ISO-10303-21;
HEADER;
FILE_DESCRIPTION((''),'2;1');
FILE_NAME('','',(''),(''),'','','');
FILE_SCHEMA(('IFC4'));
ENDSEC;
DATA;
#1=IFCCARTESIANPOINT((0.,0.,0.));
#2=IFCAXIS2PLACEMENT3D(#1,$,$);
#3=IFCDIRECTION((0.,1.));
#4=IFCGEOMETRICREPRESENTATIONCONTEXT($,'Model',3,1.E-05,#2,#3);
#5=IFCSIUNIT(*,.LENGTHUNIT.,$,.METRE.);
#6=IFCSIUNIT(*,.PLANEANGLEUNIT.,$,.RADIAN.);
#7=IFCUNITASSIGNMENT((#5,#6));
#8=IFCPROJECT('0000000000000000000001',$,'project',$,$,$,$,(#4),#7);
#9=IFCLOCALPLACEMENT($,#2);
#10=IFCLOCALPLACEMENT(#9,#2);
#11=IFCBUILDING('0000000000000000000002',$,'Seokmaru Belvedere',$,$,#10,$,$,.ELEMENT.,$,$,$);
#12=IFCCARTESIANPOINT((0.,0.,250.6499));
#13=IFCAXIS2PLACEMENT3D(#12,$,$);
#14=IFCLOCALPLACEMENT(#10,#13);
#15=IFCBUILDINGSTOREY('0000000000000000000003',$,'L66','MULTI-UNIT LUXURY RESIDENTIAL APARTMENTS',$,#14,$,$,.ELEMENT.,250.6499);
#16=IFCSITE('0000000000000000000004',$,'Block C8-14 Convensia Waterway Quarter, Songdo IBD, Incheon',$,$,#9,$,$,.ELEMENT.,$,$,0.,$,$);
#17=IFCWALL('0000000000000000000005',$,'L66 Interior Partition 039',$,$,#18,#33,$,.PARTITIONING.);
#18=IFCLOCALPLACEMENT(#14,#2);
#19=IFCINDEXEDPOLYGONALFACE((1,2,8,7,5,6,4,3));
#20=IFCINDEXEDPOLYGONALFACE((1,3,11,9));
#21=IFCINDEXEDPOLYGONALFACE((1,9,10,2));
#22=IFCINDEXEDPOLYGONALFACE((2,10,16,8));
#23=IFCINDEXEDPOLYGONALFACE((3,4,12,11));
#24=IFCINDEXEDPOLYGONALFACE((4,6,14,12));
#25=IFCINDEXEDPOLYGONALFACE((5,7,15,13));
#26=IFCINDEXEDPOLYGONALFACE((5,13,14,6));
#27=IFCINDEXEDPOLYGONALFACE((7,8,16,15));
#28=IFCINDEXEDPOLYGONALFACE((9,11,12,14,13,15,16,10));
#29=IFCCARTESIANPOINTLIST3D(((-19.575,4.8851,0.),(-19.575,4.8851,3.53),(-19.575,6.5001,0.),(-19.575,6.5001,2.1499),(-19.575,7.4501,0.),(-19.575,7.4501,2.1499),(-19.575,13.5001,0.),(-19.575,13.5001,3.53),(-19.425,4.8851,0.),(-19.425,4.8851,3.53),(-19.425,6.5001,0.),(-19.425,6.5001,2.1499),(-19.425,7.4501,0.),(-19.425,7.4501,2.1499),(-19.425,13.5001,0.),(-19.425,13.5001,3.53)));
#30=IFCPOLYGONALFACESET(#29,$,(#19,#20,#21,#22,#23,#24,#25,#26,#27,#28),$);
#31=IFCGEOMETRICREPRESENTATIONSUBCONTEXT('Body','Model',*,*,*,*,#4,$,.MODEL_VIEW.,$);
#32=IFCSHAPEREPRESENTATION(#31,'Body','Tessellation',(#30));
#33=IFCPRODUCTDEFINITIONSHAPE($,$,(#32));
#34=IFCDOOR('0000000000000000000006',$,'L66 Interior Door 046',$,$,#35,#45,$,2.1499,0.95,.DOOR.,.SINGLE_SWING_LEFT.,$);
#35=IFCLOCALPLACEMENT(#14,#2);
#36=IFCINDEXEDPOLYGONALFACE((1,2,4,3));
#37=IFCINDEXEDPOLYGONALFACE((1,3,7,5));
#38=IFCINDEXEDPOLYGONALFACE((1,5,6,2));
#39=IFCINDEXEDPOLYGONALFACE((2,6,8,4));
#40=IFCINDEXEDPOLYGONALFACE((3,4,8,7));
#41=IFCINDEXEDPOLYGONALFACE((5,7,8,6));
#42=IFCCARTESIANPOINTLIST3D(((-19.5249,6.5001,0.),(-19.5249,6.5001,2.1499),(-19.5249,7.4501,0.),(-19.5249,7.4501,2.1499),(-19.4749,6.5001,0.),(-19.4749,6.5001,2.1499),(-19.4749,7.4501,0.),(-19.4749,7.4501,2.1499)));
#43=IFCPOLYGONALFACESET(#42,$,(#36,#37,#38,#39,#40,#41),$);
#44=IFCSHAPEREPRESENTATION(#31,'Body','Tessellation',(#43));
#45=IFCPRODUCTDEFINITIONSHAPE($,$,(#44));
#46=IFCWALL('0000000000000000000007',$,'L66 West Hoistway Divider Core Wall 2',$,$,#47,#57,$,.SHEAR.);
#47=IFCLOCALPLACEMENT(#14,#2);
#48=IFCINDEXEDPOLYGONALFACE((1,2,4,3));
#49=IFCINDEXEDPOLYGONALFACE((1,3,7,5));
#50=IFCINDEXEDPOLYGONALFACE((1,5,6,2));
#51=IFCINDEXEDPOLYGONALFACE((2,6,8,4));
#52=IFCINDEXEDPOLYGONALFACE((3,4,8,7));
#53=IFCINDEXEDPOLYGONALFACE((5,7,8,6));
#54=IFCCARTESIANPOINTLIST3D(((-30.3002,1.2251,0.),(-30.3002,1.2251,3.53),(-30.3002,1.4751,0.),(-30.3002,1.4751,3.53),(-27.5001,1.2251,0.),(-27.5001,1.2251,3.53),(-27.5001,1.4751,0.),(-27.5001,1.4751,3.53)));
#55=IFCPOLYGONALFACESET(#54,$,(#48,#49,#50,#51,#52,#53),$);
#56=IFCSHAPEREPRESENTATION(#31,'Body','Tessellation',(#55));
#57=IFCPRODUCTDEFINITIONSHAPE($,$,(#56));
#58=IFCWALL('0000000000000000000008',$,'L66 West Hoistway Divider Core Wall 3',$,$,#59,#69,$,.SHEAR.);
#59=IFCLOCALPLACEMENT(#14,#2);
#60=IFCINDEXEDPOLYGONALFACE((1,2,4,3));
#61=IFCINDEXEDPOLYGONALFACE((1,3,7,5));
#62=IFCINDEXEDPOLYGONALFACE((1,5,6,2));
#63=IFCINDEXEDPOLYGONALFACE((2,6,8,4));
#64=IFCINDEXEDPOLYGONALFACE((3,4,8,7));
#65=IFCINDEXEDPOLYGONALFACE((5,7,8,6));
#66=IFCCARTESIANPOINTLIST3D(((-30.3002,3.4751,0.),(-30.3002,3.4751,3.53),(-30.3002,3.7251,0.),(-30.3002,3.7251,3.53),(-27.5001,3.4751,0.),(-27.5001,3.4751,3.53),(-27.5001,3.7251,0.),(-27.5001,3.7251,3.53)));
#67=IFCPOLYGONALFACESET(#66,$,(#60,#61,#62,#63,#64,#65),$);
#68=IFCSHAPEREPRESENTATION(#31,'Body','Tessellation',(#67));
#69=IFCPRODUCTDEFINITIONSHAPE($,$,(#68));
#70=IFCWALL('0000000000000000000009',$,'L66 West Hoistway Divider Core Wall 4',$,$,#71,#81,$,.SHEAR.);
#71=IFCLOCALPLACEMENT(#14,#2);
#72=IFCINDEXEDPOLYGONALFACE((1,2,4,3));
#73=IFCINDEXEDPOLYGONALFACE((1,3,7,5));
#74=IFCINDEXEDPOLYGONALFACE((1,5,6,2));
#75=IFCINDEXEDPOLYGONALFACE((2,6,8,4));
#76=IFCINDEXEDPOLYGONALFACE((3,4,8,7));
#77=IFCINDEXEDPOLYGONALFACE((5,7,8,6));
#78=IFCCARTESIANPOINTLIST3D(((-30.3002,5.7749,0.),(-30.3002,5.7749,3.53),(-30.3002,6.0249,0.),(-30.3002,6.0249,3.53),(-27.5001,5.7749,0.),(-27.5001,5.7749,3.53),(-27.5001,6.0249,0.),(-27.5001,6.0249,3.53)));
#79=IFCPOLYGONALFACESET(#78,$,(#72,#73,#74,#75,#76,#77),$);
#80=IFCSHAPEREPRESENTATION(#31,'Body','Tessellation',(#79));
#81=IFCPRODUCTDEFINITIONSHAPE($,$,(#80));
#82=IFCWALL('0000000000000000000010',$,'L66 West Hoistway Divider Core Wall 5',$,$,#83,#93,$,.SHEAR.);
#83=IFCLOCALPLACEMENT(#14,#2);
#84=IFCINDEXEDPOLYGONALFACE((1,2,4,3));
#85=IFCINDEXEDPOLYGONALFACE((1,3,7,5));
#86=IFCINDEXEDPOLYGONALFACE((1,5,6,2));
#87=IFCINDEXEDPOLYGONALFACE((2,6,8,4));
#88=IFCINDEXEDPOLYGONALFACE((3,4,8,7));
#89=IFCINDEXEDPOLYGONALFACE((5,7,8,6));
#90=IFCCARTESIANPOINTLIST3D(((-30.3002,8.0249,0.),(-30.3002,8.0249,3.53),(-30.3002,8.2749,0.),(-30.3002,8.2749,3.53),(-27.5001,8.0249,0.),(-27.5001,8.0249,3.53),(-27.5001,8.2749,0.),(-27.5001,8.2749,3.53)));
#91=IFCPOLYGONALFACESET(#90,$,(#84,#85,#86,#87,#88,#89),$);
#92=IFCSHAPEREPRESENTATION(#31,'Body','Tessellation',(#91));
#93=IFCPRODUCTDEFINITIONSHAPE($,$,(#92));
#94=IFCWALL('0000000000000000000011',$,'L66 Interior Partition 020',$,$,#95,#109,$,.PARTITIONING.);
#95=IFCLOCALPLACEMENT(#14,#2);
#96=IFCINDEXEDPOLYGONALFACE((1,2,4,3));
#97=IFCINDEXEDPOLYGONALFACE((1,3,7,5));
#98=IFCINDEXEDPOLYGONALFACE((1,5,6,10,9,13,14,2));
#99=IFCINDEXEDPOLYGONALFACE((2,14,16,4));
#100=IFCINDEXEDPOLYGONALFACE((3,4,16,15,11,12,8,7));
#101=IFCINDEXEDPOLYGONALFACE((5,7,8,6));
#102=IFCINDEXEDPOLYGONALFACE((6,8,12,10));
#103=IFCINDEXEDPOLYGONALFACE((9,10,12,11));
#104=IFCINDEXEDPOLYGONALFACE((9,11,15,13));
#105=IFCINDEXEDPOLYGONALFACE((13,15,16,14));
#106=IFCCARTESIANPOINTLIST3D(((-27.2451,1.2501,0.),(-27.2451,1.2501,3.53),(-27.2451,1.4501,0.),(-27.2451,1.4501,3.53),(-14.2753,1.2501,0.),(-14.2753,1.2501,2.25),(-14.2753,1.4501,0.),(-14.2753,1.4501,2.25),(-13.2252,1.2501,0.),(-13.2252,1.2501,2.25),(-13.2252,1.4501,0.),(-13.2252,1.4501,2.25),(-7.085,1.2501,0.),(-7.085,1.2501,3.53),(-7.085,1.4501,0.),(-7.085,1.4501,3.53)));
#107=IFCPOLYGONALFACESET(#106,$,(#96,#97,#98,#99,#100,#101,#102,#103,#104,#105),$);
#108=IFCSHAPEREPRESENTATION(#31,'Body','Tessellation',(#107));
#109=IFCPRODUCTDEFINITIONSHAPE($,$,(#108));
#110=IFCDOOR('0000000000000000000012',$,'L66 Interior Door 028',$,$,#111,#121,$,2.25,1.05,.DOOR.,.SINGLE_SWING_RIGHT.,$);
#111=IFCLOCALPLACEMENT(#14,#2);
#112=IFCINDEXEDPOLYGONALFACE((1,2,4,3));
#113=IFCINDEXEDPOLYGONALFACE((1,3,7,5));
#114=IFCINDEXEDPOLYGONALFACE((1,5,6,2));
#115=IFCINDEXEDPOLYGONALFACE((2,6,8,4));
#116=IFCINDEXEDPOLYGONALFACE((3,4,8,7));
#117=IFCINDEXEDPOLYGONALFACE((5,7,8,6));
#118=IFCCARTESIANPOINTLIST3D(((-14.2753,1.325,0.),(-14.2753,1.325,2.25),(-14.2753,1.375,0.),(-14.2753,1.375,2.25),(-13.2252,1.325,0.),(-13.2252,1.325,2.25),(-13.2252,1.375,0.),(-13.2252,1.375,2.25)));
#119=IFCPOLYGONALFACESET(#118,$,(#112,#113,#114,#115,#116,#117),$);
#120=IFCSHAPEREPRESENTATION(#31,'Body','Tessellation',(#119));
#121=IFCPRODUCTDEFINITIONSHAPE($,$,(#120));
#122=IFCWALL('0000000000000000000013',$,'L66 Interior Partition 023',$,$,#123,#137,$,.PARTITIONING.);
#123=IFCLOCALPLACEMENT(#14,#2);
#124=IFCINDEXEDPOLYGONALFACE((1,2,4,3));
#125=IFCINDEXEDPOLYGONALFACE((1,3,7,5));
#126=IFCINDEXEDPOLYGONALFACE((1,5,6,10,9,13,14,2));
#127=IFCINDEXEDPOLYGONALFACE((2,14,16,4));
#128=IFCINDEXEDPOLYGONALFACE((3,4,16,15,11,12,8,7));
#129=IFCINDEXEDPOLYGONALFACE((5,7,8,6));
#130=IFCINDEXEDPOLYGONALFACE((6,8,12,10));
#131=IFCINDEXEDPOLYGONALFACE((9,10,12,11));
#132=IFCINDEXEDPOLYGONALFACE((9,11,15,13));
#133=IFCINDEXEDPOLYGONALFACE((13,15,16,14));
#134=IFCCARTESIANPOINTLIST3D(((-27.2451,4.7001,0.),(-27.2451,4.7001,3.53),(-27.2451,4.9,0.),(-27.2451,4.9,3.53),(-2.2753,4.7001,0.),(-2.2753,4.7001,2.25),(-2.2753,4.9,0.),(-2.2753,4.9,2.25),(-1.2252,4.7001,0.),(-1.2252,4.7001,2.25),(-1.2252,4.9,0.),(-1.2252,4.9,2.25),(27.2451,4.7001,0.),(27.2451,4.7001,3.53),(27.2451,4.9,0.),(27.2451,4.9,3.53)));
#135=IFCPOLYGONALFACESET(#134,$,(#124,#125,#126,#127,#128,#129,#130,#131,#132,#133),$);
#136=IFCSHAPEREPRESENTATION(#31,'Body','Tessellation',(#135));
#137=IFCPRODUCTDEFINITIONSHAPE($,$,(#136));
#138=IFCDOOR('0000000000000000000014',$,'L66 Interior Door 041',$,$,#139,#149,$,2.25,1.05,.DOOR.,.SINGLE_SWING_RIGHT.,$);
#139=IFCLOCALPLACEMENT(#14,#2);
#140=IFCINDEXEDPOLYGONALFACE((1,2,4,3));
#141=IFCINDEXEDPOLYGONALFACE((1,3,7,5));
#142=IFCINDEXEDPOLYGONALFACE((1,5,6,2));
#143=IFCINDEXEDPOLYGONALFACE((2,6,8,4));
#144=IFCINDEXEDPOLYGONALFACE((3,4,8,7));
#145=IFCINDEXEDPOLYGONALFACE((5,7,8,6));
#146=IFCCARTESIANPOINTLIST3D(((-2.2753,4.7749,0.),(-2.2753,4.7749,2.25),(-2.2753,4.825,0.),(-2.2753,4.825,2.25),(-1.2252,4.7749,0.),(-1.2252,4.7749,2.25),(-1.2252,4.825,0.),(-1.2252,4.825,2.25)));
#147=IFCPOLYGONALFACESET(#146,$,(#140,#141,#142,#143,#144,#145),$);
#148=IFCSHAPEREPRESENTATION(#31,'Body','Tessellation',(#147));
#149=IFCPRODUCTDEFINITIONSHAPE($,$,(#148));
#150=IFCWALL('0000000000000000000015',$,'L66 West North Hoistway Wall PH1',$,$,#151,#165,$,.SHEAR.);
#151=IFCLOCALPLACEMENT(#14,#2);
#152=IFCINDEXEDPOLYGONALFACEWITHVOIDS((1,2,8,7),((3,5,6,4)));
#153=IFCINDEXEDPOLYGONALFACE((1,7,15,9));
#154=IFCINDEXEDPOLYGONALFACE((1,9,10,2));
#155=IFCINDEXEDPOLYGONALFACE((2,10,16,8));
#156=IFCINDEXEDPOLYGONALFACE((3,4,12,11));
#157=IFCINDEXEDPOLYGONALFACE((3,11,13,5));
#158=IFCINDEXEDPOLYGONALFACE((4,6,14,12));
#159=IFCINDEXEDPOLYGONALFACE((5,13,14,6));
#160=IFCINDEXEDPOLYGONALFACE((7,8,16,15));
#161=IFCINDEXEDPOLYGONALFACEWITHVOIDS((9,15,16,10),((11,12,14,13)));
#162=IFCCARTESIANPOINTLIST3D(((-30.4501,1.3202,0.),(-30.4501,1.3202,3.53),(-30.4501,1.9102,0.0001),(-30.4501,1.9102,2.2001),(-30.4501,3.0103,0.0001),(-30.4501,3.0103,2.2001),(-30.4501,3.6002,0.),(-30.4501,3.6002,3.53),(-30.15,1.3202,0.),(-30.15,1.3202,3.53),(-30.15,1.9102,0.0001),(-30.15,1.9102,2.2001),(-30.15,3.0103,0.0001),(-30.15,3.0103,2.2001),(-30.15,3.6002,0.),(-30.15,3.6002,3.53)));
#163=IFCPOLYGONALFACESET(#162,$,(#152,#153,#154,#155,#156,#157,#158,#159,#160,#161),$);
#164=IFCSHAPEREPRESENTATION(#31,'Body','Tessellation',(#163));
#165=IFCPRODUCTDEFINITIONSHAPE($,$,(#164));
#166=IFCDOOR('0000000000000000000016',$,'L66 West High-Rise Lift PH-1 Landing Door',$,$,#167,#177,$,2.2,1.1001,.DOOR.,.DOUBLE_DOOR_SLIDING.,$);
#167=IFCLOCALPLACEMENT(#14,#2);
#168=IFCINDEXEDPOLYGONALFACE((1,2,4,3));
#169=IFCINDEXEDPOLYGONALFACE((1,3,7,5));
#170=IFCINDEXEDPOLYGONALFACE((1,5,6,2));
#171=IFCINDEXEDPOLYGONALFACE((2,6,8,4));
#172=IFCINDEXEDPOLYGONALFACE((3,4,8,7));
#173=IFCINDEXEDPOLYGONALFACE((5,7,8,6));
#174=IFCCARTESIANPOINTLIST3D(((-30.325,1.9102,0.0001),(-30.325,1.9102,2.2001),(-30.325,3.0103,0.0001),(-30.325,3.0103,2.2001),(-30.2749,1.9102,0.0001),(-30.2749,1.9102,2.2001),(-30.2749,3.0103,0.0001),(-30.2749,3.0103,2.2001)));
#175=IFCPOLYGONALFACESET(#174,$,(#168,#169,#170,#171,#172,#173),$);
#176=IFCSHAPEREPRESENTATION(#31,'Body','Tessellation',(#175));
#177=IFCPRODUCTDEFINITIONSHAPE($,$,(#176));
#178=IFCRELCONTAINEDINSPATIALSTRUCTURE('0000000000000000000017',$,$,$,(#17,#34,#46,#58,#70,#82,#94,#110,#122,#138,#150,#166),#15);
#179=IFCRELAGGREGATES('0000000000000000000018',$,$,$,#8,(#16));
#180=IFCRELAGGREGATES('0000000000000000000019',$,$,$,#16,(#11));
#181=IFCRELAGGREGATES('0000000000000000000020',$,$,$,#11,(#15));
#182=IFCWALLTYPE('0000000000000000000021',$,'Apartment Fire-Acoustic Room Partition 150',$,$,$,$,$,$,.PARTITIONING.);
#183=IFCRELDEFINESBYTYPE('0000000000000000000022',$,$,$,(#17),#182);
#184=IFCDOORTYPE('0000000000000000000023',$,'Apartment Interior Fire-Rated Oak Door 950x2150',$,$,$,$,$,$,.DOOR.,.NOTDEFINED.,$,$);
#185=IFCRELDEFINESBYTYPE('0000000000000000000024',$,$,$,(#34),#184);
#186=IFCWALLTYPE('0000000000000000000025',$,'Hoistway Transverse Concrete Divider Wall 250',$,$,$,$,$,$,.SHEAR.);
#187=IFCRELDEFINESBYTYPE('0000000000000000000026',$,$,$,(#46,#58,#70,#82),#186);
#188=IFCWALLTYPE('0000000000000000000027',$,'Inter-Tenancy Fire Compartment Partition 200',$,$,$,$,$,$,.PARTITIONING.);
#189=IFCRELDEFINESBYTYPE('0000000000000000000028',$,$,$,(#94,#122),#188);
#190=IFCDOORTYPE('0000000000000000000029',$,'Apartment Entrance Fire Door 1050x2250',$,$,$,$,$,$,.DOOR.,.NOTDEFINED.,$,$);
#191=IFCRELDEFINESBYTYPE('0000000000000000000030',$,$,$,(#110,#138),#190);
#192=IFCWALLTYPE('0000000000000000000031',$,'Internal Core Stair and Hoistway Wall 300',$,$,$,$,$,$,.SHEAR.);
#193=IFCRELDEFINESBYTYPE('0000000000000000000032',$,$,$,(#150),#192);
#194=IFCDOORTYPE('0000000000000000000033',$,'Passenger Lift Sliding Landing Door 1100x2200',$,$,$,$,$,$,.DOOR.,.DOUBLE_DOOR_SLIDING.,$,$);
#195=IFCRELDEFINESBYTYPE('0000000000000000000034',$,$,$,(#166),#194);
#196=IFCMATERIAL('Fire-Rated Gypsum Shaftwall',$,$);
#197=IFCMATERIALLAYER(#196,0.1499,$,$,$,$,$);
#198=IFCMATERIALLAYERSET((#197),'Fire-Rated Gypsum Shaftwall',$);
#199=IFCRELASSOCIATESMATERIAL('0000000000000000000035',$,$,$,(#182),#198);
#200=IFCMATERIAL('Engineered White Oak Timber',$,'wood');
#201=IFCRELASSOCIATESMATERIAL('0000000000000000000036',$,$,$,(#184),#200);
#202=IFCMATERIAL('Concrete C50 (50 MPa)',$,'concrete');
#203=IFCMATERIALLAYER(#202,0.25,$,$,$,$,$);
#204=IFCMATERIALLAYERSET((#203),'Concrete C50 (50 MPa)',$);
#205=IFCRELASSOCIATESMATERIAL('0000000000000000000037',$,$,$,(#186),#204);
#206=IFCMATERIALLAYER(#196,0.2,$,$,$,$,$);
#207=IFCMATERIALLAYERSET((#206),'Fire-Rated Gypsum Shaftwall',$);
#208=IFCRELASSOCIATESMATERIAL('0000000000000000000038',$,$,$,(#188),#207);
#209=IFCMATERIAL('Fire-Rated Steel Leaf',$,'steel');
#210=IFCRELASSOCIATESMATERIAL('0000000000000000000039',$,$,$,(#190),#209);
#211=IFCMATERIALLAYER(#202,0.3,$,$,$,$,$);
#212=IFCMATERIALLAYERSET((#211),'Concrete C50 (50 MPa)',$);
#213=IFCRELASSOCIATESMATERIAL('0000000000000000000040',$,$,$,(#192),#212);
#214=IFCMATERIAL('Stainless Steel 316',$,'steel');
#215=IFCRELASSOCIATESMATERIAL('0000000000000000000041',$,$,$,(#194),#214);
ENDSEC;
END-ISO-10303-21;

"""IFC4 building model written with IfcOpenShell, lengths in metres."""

from ifc_helpers import new_model, si_unit, direction, frame, frame_2d, origin, place, context, subcontext, project, spatial, rectangle, extrude, source, transform, mapped, material, layer, layer_set, type_object, type_shapes, element, fill, save


model = new_model("IFC4")

# Units and contexts
model_context = context("Model", 3, precision=1e-05, world=origin(), true_north=direction((0.0, 1.0)))
body_context = subcontext(model_context, "Body", "Model", "MODEL_VIEW")
ifc_project = project(units=[si_unit("LENGTHUNIT", "METRE"), si_unit("PLANEANGLEUNIT", "RADIAN")], contexts=[model_context])

# Site, building, storey
site_placement = place(None, origin())
site = spatial("IfcSite", under=ifc_project, at=site_placement, Name="Block C8-14 Convensia Waterway Quarter, Songdo IBD, Incheon", CompositionType="ELEMENT", RefElevation=0.0)
building_placement = place(site_placement, origin())
building = spatial("IfcBuilding", under=site, at=building_placement, Name="Seokmaru Belvedere", CompositionType="ELEMENT")
storey_placement = place(building_placement, frame((0.0, 0.0, 250.6499)))
storey = spatial("IfcBuildingStorey", under=building, at=storey_placement, Name="L66", Description="MULTI-UNIT LUXURY RESIDENTIAL APARTMENTS", CompositionType="ELEMENT", Elevation=250.6499)

# Wall, opening, door
ifc_material_1 = material(Name="Fire-Rated Gypsum Shaftwall")
ifc_layer_1 = layer(ifc_material_1, 0.1499)
ifc_layer_set_1 = layer_set([ifc_layer_1], Name="Fire-Rated Gypsum Shaftwall")
wall_type_1 = type_object("IfcWallType", Name="Apartment Fire-Acoustic Room Partition 150", PredefinedType="PARTITIONING", material=ifc_layer_set_1)
ifc_material_2 = material(Name="Engineered White Oak Timber", Category="wood")
door_type_1 = type_object("IfcDoorType", Name="Apartment Interior Fire-Rated Oak Door 950x2150", OperationType="NOTDEFINED", PredefinedType="DOOR", material=ifc_material_2)
shared_shape_1 = source(origin(), body_context, "Body", "SweptSolid", [
    extrude(rectangle(XDim=0.95, YDim=2.1499, at=frame_2d((0.4751, 1.075))), frame((0.0, 0.0249, 0.0), z_axis=(0.0, -1.0, 0.0), x_axis=(1.0, 0.0, 0.0)), (0.0, 0.0, 1.0), 0.05),
])
type_shapes(door_type_1, [shared_shape_1])
wall_1_placement = place(storey_placement, frame((-19.5, 4.885, 0.0), z_axis=(0.0, 0.0, 1.0), x_axis=(0.0, 1.0, 0.0)))
wall_1 = element("IfcWall", 1, at=wall_1_placement, inside=storey, type_object=wall_type_1, Name="L66 Interior Partition 039", PredefinedType="PARTITIONING", context=body_context, shape_type="SweptSolid", body=[
    extrude(rectangle(XDim=8.615, YDim=0.1499, at=frame_2d((4.3076, 0.0))), origin(), (0.0, 0.0, 1.0), 3.53),
])
opening_1_placement = place(wall_1_placement, frame((1.615, 0.0, 0.0)))
opening_1 = element("IfcOpeningElement", 2, at=opening_1_placement, cuts=wall_1, PredefinedType="OPENING", context=body_context, shape_type="SweptSolid", body=[
    extrude(rectangle(XDim=0.95, YDim=2.1499, at=frame_2d((0.4751, 1.075))), frame((0.0, 0.085, 0.0), z_axis=(0.0, -1.0, 0.0), x_axis=(1.0, 0.0, 0.0)), (0.0, 0.0, 1.0), 0.1699),
])
door_1_placement = place(opening_1_placement, origin())
door_1 = element("IfcDoor", 3, at=door_1_placement, inside=storey, type_object=door_type_1, Name="L66 Interior Door 046", OperationType="SINGLE_SWING_LEFT", OverallHeight=2.1499, OverallWidth=0.95, PredefinedType="DOOR", context=body_context, shape_type="MappedRepresentation", body=[
    mapped(shared_shape_1, transform((0.0, 0.0, 0.0), scale=1.0)),
])
fill(opening_1, door_1)

# Walls
ifc_material_3 = material(Name="Concrete C50 (50 MPa)", Category="concrete")
ifc_layer_2 = layer(ifc_material_3, 0.25)
ifc_layer_set_2 = layer_set([ifc_layer_2], Name="Concrete C50 (50 MPa)")
wall_type_2 = type_object("IfcWallType", Name="Hoistway Transverse Concrete Divider Wall 250", PredefinedType="SHEAR", material=ifc_layer_set_2)
for number, where, z_axis, x_axis, name in (
    (4, (-30.3, 1.3501, 0.0), (0.0, 0.0, 1.0), (1.0, 0.0, 0.0), "L66 West Hoistway Divider Core Wall 2"),
    (5, (-30.3, 3.6001, 0.0), (0.0, 0.0, 1.0), (1.0, 0.0, 0.0), "L66 West Hoistway Divider Core Wall 3"),
    (6, (-30.3, 5.8999, 0.0), (0.0, 0.0, 1.0), (1.0, 0.0, 0.0), "L66 West Hoistway Divider Core Wall 4"),
    (7, (-30.3, 8.1499, 0.0), (0.0, 0.0, 1.0), (1.0, 0.0, 0.0), "L66 West Hoistway Divider Core Wall 5"),
):
    element("IfcWall", number, at=place(storey_placement, frame(where, z_axis=z_axis, x_axis=x_axis)), inside=storey, type_object=wall_type_2, Name=name, PredefinedType="SHEAR", context=body_context, shape_type="SweptSolid", body=[
        extrude(rectangle(XDim=2.8, YDim=0.25, at=frame_2d((1.3999, 0.0))), origin(), (0.0, 0.0, 1.0), 3.53),
    ])

# Walls, openings, doors
ifc_layer_3 = layer(ifc_material_1, 0.2)
ifc_layer_set_3 = layer_set([ifc_layer_3], Name="Fire-Rated Gypsum Shaftwall")
wall_type_3 = type_object("IfcWallType", Name="Inter-Tenancy Fire Compartment Partition 200", PredefinedType="PARTITIONING", material=ifc_layer_set_3)
wall_2_placement = place(storey_placement, frame((-27.2451, 1.3501, 0.0), z_axis=(0.0, 0.0, 1.0), x_axis=(1.0, 0.0, 0.0)))
wall_2 = element("IfcWall", 8, at=wall_2_placement, inside=storey, type_object=wall_type_3, Name="L66 Interior Partition 020", PredefinedType="PARTITIONING", context=body_context, shape_type="SweptSolid", body=[
    extrude(rectangle(XDim=20.1602, YDim=0.2, at=frame_2d((10.0801, 0.0))), origin(), (0.0, 0.0, 1.0), 3.53),
])
opening_2_placement = place(wall_2_placement, frame((12.97, 0.0, 0.0)))
opening_2 = element("IfcOpeningElement", 9, at=opening_2_placement, cuts=wall_2, PredefinedType="OPENING", context=body_context, shape_type="SweptSolid", body=[
    extrude(rectangle(XDim=1.05, YDim=2.25, at=frame_2d((0.5249, 1.125))), frame((0.0, 0.1099, 0.0), z_axis=(0.0, -1.0, 0.0), x_axis=(1.0, 0.0, 0.0)), (0.0, 0.0, 1.0), 0.22),
])
ifc_material_4 = material(Name="Fire-Rated Steel Leaf", Category="steel")
door_type_2 = type_object("IfcDoorType", Name="Apartment Entrance Fire Door 1050x2250", OperationType="NOTDEFINED", PredefinedType="DOOR", material=ifc_material_4)
shared_shape_2 = source(origin(), body_context, "Body", "SweptSolid", [
    extrude(rectangle(XDim=1.05, YDim=2.25, at=frame_2d((0.5249, 1.125))), frame((0.0, 0.0249, 0.0), z_axis=(0.0, -1.0, 0.0), x_axis=(1.0, 0.0, 0.0)), (0.0, 0.0, 1.0), 0.05),
])
type_shapes(door_type_2, [shared_shape_2])
door_2_placement = place(opening_2_placement, origin())
door_2 = element("IfcDoor", 10, at=door_2_placement, inside=storey, type_object=door_type_2, Name="L66 Interior Door 028", OperationType="SINGLE_SWING_RIGHT", OverallHeight=2.25, OverallWidth=1.05, PredefinedType="DOOR", context=body_context, shape_type="MappedRepresentation", body=[
    mapped(shared_shape_2, transform((0.0, 0.0, 0.0), scale=1.0)),
])
fill(opening_2, door_2)
wall_3_placement = place(storey_placement, frame((-27.2451, 4.8, 0.0), z_axis=(0.0, 0.0, 1.0), x_axis=(1.0, 0.0, 0.0)))
wall_3 = element("IfcWall", 11, at=wall_3_placement, inside=storey, type_object=wall_type_3, Name="L66 Interior Partition 023", PredefinedType="PARTITIONING", context=body_context, shape_type="SweptSolid", body=[
    extrude(rectangle(XDim=54.4902, YDim=0.2, at=frame_2d((27.2451, 0.0))), origin(), (0.0, 0.0, 1.0), 3.53),
])
opening_3_placement = place(wall_3_placement, frame((24.97, 0.0, 0.0)))
opening_3 = element("IfcOpeningElement", 12, at=opening_3_placement, cuts=wall_3, PredefinedType="OPENING", context=body_context, shape_type="SweptSolid", body=[
    extrude(rectangle(XDim=1.05, YDim=2.25, at=frame_2d((0.5249, 1.125))), frame((0.0, 0.1099, 0.0), z_axis=(0.0, -1.0, 0.0), x_axis=(1.0, 0.0, 0.0)), (0.0, 0.0, 1.0), 0.22),
])
door_3_placement = place(opening_3_placement, origin())
door_3 = element("IfcDoor", 13, at=door_3_placement, inside=storey, type_object=door_type_2, Name="L66 Interior Door 041", OperationType="SINGLE_SWING_RIGHT", OverallHeight=2.25, OverallWidth=1.05, PredefinedType="DOOR", context=body_context, shape_type="MappedRepresentation", body=[
    mapped(shared_shape_2, transform((0.0, 0.0, 0.0), scale=1.0)),
])
fill(opening_3, door_3)
ifc_layer_4 = layer(ifc_material_3, 0.3)
ifc_layer_set_4 = layer_set([ifc_layer_4], Name="Concrete C50 (50 MPa)")
wall_type_4 = type_object("IfcWallType", Name="Internal Core Stair and Hoistway Wall 300", PredefinedType="SHEAR", material=ifc_layer_set_4)
wall_4_placement = place(storey_placement, frame((-30.3, 1.3201, 0.0), z_axis=(0.0, 0.0, 1.0), x_axis=(0.0, 1.0, 0.0)))
wall_4 = element("IfcWall", 14, at=wall_4_placement, inside=storey, type_object=wall_type_4, Name="L66 West North Hoistway Wall PH1", PredefinedType="SHEAR", context=body_context, shape_type="SweptSolid", body=[
    extrude(rectangle(XDim=2.28, YDim=0.3, at=frame_2d((1.1401, 0.0))), origin(), (0.0, 0.0, 1.0), 3.53),
])
opening_4_placement = place(wall_4_placement, frame((0.5901, 0.0, 0.0)))
opening_4 = element("IfcOpeningElement", 15, at=opening_4_placement, cuts=wall_4, PredefinedType="OPENING", context=body_context, shape_type="SweptSolid", body=[
    extrude(rectangle(XDim=1.1001, YDim=2.2, at=frame_2d((0.55, 1.1001))), frame((0.0, 0.1602, 0.0), z_axis=(0.0, -1.0, 0.0), x_axis=(1.0, 0.0, 0.0)), (0.0, 0.0, 1.0), 0.3201),
])
ifc_material_5 = material(Name="Stainless Steel 316", Category="steel")
door_type_3 = type_object("IfcDoorType", Name="Passenger Lift Sliding Landing Door 1100x2200", OperationType="DOUBLE_DOOR_SLIDING", PredefinedType="DOOR", material=ifc_material_5)
shared_shape_3 = source(origin(), body_context, "Body", "SweptSolid", [
    extrude(rectangle(XDim=1.1001, YDim=2.2, at=frame_2d((0.55, 1.1001))), frame((0.0, 0.0249, 0.0), z_axis=(0.0, -1.0, 0.0), x_axis=(1.0, 0.0, 0.0)), (0.0, 0.0, 1.0), 0.05),
])
type_shapes(door_type_3, [shared_shape_3])
door_4_placement = place(opening_4_placement, origin())
door_4 = element("IfcDoor", 16, at=door_4_placement, inside=storey, type_object=door_type_3, Name="L66 West High-Rise Lift PH-1 Landing Door", OperationType="DOUBLE_DOOR_SLIDING", OverallHeight=2.2, OverallWidth=1.1001, PredefinedType="DOOR", context=body_context, shape_type="MappedRepresentation", body=[
    mapped(shared_shape_3, transform((0.0, 0.0, 0.0), scale=1.0)),
])
fill(opening_4, door_4)

save(model, "model.ifc")
